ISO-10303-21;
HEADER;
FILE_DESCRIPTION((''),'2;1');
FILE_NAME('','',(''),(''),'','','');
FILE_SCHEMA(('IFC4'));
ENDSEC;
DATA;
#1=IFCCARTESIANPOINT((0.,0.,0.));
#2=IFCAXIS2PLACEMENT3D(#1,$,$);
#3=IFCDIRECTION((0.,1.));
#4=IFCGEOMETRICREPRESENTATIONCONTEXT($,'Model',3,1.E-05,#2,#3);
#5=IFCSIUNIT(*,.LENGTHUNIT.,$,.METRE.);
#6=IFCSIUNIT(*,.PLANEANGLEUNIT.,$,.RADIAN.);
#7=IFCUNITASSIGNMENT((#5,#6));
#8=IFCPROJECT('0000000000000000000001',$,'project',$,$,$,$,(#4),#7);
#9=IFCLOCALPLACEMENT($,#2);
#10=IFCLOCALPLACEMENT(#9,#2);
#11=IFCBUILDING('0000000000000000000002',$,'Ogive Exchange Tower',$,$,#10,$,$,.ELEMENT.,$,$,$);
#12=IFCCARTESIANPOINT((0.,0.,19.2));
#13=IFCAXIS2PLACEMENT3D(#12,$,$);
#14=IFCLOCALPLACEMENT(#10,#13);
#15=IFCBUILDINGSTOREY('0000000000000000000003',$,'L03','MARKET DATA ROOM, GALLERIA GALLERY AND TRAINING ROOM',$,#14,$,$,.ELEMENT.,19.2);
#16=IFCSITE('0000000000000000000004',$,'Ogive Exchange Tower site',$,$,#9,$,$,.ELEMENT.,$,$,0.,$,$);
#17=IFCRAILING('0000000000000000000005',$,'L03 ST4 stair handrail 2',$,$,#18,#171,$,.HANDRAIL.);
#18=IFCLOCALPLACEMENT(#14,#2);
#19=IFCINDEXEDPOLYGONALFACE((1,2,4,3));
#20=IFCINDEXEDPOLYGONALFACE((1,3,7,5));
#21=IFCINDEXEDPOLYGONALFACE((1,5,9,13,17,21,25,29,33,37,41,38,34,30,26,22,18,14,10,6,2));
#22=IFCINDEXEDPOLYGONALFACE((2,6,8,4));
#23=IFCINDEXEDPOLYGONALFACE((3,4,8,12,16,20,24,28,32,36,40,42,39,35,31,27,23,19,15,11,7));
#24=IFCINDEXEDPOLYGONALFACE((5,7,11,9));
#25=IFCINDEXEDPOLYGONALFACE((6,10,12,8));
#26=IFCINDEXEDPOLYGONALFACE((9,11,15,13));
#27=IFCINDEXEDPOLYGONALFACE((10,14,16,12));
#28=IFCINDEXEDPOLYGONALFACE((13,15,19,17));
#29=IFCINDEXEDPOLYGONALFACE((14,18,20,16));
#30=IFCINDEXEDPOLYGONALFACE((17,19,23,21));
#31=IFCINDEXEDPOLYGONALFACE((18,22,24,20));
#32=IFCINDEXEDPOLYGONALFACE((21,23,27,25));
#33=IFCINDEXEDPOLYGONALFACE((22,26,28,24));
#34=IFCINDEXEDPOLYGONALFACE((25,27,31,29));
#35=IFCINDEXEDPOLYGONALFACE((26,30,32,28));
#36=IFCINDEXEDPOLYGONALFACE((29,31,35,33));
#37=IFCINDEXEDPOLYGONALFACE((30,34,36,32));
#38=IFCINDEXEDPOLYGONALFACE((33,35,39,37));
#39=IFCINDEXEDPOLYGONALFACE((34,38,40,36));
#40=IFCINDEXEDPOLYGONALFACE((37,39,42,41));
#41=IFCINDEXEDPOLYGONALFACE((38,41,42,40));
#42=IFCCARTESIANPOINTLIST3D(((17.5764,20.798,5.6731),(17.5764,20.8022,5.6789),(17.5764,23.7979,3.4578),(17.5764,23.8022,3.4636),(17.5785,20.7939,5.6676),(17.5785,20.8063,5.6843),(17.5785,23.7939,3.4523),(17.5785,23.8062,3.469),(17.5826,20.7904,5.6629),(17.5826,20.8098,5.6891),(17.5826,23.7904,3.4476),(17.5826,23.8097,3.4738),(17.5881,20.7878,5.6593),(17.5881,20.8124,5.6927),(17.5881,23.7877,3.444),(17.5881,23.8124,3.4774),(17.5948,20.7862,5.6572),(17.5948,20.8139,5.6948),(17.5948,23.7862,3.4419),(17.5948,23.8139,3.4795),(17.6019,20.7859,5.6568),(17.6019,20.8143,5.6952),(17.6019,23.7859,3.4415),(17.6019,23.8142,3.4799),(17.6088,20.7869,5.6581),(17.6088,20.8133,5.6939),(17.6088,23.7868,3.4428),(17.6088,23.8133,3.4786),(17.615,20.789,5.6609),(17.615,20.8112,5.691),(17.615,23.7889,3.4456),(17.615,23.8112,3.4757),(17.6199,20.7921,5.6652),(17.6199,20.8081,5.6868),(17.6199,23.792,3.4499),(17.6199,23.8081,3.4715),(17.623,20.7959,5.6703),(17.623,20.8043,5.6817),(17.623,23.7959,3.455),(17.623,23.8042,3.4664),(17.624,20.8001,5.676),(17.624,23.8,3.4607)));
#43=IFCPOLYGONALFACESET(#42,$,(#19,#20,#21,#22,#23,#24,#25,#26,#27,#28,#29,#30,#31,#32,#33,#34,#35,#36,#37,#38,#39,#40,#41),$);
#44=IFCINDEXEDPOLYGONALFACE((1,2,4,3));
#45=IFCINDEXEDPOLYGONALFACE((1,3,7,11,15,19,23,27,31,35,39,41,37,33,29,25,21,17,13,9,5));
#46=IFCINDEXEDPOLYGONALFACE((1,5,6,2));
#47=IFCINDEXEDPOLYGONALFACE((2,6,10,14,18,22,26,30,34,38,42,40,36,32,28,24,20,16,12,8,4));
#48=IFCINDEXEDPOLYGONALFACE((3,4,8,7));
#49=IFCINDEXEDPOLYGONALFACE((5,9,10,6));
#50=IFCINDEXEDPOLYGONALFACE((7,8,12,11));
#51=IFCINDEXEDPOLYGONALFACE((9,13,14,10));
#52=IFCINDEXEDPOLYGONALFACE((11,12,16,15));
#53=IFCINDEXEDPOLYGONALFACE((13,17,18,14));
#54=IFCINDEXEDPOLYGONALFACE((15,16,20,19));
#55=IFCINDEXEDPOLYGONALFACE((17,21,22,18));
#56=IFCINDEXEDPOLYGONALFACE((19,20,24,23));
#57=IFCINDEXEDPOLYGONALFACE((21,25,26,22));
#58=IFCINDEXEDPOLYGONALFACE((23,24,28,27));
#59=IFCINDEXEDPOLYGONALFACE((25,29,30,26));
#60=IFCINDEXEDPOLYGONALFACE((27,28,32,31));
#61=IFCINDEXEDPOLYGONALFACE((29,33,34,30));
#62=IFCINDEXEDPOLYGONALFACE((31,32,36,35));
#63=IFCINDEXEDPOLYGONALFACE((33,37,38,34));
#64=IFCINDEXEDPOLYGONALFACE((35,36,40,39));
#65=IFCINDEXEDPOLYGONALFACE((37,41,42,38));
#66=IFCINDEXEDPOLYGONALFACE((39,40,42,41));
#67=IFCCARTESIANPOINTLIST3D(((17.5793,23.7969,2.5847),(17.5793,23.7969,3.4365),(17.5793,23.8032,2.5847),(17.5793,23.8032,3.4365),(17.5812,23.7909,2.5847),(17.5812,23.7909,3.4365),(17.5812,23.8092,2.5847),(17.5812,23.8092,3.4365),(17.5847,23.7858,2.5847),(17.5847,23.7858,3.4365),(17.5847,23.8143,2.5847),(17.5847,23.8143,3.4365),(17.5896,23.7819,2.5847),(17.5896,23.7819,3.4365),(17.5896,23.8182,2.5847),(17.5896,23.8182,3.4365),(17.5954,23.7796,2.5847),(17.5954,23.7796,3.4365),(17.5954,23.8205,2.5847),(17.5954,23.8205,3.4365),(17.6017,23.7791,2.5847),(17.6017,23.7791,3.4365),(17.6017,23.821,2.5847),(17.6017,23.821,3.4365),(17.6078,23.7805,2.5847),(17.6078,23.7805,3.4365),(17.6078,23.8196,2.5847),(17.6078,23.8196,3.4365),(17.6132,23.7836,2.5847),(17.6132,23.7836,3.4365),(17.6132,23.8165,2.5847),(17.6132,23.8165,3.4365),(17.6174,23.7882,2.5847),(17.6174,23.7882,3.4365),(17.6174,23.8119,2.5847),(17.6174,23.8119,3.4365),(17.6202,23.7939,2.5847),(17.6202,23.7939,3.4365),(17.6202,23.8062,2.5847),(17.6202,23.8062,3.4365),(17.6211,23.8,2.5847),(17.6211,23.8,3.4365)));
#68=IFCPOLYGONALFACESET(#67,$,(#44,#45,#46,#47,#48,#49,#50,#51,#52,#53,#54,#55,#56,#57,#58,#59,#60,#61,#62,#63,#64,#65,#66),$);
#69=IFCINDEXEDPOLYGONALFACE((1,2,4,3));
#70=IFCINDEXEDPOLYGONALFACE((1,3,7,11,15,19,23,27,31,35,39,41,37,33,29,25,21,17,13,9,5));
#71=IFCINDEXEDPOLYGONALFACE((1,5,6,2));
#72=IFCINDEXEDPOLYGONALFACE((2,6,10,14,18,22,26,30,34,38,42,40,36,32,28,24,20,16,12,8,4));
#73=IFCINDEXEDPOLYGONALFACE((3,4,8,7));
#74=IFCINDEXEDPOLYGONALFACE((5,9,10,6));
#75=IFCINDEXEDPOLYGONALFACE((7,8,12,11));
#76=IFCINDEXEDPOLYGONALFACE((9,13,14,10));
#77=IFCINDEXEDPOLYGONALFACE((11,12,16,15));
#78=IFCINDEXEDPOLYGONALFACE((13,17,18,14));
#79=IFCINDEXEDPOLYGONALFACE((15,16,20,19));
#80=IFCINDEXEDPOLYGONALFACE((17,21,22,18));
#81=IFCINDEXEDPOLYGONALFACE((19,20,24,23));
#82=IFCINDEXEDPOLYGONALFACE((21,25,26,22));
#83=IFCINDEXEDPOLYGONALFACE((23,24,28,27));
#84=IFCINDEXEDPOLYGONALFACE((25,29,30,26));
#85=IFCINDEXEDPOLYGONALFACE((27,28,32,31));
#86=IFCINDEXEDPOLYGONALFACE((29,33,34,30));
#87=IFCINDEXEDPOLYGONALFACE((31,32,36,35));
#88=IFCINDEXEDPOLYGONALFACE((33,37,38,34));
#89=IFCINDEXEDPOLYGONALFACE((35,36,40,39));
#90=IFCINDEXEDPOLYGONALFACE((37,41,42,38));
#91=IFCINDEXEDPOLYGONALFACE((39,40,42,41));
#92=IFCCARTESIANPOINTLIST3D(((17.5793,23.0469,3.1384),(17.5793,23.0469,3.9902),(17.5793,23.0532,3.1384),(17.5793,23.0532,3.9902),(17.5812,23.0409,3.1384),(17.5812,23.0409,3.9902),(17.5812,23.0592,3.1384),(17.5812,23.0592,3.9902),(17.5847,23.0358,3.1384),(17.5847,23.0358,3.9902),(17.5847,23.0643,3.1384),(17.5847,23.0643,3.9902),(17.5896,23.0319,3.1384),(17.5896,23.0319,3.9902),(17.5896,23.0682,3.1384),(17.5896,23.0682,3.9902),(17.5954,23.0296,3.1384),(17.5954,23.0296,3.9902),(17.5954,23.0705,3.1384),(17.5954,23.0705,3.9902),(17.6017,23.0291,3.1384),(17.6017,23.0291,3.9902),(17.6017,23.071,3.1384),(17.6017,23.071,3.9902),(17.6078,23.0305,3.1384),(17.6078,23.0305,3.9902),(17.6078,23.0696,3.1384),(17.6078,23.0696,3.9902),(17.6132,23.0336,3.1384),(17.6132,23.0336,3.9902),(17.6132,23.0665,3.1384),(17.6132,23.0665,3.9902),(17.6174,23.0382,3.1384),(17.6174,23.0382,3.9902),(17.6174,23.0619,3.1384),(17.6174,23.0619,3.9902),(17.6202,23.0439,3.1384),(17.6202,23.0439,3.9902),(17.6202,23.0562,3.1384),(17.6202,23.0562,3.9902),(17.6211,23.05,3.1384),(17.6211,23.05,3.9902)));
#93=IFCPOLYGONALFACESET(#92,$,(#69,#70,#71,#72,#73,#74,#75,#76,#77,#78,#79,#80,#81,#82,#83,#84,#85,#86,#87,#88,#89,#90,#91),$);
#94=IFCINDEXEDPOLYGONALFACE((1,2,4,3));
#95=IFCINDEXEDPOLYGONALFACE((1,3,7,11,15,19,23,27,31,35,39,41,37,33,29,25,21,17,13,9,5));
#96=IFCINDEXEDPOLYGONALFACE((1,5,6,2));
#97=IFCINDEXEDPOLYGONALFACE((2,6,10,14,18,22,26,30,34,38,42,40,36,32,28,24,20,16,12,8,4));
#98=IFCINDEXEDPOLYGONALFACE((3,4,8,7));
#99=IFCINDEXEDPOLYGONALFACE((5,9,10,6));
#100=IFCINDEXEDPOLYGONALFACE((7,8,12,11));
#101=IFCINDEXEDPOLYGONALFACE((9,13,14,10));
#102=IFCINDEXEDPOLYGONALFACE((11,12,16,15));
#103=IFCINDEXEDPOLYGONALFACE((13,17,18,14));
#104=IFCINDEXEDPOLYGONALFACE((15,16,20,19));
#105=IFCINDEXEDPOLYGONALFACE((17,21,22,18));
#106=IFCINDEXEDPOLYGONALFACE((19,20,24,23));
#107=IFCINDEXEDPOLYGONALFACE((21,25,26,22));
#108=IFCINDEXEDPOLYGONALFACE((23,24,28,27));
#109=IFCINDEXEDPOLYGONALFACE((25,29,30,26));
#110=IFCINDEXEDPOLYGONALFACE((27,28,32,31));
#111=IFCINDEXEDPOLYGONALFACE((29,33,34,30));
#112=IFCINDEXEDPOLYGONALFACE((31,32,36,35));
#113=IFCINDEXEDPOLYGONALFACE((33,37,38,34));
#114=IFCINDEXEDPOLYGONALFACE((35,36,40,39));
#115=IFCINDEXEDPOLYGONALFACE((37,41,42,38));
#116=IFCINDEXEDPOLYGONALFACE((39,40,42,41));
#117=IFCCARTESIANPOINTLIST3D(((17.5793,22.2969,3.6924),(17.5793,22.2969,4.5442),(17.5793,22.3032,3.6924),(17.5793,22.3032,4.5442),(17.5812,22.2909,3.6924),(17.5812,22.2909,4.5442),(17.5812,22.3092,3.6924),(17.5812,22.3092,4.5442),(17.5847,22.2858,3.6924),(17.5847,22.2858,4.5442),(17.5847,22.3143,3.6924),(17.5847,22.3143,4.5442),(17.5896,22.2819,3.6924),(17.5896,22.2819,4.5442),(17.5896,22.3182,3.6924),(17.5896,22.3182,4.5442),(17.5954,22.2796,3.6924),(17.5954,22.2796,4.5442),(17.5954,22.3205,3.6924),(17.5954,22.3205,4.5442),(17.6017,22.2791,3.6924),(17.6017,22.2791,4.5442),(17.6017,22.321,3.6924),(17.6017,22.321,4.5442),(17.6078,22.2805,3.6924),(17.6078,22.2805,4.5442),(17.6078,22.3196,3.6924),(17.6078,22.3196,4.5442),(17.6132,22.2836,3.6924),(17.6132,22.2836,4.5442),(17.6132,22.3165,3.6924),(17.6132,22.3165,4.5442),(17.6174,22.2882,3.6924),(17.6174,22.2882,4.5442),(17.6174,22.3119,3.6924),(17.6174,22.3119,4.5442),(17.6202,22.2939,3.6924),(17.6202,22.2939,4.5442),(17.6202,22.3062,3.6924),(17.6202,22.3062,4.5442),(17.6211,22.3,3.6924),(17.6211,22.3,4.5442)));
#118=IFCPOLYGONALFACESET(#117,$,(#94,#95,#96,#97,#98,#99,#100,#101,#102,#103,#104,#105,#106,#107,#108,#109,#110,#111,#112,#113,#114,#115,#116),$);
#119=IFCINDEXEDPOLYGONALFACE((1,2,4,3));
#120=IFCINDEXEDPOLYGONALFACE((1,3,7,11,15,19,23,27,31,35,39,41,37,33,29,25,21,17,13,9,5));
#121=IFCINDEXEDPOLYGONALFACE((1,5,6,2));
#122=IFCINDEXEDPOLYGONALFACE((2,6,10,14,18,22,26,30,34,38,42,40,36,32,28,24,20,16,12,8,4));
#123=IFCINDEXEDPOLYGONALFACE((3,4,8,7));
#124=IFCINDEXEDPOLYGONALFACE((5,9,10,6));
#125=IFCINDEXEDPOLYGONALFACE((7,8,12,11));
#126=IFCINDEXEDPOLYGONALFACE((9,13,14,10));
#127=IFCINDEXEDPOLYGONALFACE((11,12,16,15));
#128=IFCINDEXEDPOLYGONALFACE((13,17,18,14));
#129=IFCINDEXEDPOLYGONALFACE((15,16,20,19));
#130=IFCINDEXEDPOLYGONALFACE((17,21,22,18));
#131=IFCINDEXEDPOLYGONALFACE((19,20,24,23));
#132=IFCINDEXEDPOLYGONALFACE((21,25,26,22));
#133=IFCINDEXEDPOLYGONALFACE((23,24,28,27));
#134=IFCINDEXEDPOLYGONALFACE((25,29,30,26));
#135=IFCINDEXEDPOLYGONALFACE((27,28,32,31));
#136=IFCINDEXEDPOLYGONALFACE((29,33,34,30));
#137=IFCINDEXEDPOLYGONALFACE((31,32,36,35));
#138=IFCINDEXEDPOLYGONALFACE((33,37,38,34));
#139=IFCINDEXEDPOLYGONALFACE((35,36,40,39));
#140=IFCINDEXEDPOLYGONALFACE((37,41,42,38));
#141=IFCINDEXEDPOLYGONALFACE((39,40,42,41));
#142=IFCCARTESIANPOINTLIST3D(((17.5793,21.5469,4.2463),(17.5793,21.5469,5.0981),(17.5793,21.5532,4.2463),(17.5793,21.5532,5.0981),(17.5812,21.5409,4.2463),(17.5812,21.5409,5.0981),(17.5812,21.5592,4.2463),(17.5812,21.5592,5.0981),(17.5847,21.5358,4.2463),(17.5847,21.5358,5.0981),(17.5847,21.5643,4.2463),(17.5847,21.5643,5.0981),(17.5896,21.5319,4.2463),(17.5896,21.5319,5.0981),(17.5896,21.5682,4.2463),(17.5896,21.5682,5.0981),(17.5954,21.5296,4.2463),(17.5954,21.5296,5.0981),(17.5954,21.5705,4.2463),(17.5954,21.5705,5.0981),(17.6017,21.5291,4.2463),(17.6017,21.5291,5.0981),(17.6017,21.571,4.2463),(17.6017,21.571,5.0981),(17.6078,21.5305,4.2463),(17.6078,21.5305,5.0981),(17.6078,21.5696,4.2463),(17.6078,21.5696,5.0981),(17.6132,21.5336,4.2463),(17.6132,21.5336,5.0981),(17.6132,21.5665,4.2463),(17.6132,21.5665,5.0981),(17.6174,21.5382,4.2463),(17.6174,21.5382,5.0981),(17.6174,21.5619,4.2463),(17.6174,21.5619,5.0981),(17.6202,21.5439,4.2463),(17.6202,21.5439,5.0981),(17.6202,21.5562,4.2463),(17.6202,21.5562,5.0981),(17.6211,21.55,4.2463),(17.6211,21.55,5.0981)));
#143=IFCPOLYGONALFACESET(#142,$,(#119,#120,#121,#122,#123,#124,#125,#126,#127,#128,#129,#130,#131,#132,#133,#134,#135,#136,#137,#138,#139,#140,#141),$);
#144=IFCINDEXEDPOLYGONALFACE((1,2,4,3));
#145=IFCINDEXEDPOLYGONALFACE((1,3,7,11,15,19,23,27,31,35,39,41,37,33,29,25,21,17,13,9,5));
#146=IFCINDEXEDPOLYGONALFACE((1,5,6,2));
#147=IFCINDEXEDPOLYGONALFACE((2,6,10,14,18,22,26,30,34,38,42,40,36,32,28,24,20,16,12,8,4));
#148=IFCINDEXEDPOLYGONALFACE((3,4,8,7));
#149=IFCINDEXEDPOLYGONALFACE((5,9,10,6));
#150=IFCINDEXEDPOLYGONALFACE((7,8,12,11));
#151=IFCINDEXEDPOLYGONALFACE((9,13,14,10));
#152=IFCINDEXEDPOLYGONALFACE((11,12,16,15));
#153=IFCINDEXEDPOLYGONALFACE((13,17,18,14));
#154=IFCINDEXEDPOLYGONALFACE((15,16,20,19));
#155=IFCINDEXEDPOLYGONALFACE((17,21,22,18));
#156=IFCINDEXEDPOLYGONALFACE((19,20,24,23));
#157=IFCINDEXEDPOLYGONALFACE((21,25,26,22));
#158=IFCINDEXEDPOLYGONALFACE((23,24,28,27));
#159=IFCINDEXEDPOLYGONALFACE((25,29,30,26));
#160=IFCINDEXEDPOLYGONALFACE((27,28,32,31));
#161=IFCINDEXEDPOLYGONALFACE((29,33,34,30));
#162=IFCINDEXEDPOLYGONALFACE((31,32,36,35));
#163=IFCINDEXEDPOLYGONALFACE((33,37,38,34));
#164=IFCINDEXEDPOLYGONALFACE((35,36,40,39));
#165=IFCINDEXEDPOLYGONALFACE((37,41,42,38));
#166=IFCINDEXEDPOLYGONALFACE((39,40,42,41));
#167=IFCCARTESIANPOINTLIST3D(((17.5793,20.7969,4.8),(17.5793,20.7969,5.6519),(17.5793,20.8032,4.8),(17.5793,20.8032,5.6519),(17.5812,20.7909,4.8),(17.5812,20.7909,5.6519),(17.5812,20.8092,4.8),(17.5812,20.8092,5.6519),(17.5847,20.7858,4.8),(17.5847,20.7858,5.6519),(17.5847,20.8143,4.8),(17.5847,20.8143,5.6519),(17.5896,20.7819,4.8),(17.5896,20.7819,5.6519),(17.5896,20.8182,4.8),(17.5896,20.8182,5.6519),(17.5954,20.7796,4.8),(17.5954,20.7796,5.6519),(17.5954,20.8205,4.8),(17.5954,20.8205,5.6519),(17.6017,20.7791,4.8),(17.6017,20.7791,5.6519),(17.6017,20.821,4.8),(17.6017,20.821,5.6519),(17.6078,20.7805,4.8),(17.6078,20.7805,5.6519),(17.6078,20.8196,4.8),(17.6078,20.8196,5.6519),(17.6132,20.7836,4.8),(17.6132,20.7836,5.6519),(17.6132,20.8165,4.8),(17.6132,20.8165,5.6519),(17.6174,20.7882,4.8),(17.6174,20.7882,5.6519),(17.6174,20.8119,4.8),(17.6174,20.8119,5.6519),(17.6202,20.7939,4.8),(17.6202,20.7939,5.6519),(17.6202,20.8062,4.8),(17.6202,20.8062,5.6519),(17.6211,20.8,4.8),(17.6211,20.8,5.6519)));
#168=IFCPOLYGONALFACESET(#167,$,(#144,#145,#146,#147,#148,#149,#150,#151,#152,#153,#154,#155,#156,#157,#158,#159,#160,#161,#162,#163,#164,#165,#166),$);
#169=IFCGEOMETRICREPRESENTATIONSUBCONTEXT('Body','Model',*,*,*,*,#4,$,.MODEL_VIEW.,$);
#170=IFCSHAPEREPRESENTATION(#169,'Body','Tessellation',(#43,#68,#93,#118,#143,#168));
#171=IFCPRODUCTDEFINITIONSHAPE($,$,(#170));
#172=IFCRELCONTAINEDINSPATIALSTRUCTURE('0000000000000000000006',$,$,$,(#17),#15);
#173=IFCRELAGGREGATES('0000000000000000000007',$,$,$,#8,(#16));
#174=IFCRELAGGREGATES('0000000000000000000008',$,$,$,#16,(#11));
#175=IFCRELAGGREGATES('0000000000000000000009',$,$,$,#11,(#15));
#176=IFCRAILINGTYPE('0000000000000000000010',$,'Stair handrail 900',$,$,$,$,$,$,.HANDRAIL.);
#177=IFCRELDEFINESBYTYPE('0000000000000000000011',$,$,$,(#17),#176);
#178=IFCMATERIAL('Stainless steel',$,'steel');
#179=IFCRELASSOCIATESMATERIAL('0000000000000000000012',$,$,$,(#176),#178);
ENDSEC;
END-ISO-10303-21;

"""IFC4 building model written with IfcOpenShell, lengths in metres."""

from ifc_helpers import new_model, si_unit, direction, frame, origin, origin_2d, place, context, subcontext, project, spatial, circle, extrude, material, type_object, element, save


model = new_model("IFC4")

# Units and contexts
model_context = context("Model", 3, precision=1e-05, world=origin(), true_north=direction((0.0, 1.0)))
body_context = subcontext(model_context, "Body", "Model", "MODEL_VIEW")
ifc_project = project(units=[si_unit("LENGTHUNIT", "METRE"), si_unit("PLANEANGLEUNIT", "RADIAN")], contexts=[model_context])

# Site, building, storey
site_placement = place(None, origin())
site = spatial("IfcSite", under=ifc_project, at=site_placement, Name="Ogive Exchange Tower site", CompositionType="ELEMENT", RefElevation=0.0)
building_placement = place(site_placement, origin())
building = spatial("IfcBuilding", under=site, at=building_placement, Name="Ogive Exchange Tower", CompositionType="ELEMENT")
storey_placement = place(building_placement, frame((0.0, 0.0, 19.2)))
storey = spatial("IfcBuildingStorey", under=building, at=storey_placement, Name="L03", Description="MARKET DATA ROOM, GALLERIA GALLERY AND TRAINING ROOM", CompositionType="ELEMENT", Elevation=19.2)

# Railing
ifc_material_1 = material(Name="Stainless steel", Category="steel")
railing_type = type_object("IfcRailingType", Name="Stair handrail 900", PredefinedType="HANDRAIL", material=ifc_material_1)
railing_placement = place(storey_placement, frame((17.6001, 23.8, 2.5847)))
element("IfcRailing", 1, at=railing_placement, inside=storey, type_object=railing_type, Name="L03 ST4 stair handrail 2", PredefinedType="HANDRAIL", context=body_context, shape_type="SweptSolid", body=[
    extrude(circle(Radius=0.0239, at=origin_2d()), frame((0.0, 0.0, 0.876), z_axis=(0.0, -0.80444, 0.594034), x_axis=(1.0, 0.0, 0.0)), (0.0, 0.0, 1.0), 3.7292),
    extrude(circle(Radius=0.021, at=origin_2d()), origin(), (0.0, 0.0, 1.0), 0.8518),
    extrude(circle(Radius=0.021, at=origin_2d()), frame((0.0, -0.75, 0.5537)), (0.0, 0.0, 1.0), 0.8518),
    extrude(circle(Radius=0.021, at=origin_2d()), frame((0.0, -1.5, 1.1077)), (0.0, 0.0, 1.0), 0.8518),
    extrude(circle(Radius=0.021, at=origin_2d()), frame((0.0, -2.25, 1.6616)), (0.0, 0.0, 1.0), 0.8518),
    extrude(circle(Radius=0.021, at=origin_2d()), frame((0.0, -3.0, 2.2153)), (0.0, 0.0, 1.0), 0.8518),
])

save(model, "model.ifc")
